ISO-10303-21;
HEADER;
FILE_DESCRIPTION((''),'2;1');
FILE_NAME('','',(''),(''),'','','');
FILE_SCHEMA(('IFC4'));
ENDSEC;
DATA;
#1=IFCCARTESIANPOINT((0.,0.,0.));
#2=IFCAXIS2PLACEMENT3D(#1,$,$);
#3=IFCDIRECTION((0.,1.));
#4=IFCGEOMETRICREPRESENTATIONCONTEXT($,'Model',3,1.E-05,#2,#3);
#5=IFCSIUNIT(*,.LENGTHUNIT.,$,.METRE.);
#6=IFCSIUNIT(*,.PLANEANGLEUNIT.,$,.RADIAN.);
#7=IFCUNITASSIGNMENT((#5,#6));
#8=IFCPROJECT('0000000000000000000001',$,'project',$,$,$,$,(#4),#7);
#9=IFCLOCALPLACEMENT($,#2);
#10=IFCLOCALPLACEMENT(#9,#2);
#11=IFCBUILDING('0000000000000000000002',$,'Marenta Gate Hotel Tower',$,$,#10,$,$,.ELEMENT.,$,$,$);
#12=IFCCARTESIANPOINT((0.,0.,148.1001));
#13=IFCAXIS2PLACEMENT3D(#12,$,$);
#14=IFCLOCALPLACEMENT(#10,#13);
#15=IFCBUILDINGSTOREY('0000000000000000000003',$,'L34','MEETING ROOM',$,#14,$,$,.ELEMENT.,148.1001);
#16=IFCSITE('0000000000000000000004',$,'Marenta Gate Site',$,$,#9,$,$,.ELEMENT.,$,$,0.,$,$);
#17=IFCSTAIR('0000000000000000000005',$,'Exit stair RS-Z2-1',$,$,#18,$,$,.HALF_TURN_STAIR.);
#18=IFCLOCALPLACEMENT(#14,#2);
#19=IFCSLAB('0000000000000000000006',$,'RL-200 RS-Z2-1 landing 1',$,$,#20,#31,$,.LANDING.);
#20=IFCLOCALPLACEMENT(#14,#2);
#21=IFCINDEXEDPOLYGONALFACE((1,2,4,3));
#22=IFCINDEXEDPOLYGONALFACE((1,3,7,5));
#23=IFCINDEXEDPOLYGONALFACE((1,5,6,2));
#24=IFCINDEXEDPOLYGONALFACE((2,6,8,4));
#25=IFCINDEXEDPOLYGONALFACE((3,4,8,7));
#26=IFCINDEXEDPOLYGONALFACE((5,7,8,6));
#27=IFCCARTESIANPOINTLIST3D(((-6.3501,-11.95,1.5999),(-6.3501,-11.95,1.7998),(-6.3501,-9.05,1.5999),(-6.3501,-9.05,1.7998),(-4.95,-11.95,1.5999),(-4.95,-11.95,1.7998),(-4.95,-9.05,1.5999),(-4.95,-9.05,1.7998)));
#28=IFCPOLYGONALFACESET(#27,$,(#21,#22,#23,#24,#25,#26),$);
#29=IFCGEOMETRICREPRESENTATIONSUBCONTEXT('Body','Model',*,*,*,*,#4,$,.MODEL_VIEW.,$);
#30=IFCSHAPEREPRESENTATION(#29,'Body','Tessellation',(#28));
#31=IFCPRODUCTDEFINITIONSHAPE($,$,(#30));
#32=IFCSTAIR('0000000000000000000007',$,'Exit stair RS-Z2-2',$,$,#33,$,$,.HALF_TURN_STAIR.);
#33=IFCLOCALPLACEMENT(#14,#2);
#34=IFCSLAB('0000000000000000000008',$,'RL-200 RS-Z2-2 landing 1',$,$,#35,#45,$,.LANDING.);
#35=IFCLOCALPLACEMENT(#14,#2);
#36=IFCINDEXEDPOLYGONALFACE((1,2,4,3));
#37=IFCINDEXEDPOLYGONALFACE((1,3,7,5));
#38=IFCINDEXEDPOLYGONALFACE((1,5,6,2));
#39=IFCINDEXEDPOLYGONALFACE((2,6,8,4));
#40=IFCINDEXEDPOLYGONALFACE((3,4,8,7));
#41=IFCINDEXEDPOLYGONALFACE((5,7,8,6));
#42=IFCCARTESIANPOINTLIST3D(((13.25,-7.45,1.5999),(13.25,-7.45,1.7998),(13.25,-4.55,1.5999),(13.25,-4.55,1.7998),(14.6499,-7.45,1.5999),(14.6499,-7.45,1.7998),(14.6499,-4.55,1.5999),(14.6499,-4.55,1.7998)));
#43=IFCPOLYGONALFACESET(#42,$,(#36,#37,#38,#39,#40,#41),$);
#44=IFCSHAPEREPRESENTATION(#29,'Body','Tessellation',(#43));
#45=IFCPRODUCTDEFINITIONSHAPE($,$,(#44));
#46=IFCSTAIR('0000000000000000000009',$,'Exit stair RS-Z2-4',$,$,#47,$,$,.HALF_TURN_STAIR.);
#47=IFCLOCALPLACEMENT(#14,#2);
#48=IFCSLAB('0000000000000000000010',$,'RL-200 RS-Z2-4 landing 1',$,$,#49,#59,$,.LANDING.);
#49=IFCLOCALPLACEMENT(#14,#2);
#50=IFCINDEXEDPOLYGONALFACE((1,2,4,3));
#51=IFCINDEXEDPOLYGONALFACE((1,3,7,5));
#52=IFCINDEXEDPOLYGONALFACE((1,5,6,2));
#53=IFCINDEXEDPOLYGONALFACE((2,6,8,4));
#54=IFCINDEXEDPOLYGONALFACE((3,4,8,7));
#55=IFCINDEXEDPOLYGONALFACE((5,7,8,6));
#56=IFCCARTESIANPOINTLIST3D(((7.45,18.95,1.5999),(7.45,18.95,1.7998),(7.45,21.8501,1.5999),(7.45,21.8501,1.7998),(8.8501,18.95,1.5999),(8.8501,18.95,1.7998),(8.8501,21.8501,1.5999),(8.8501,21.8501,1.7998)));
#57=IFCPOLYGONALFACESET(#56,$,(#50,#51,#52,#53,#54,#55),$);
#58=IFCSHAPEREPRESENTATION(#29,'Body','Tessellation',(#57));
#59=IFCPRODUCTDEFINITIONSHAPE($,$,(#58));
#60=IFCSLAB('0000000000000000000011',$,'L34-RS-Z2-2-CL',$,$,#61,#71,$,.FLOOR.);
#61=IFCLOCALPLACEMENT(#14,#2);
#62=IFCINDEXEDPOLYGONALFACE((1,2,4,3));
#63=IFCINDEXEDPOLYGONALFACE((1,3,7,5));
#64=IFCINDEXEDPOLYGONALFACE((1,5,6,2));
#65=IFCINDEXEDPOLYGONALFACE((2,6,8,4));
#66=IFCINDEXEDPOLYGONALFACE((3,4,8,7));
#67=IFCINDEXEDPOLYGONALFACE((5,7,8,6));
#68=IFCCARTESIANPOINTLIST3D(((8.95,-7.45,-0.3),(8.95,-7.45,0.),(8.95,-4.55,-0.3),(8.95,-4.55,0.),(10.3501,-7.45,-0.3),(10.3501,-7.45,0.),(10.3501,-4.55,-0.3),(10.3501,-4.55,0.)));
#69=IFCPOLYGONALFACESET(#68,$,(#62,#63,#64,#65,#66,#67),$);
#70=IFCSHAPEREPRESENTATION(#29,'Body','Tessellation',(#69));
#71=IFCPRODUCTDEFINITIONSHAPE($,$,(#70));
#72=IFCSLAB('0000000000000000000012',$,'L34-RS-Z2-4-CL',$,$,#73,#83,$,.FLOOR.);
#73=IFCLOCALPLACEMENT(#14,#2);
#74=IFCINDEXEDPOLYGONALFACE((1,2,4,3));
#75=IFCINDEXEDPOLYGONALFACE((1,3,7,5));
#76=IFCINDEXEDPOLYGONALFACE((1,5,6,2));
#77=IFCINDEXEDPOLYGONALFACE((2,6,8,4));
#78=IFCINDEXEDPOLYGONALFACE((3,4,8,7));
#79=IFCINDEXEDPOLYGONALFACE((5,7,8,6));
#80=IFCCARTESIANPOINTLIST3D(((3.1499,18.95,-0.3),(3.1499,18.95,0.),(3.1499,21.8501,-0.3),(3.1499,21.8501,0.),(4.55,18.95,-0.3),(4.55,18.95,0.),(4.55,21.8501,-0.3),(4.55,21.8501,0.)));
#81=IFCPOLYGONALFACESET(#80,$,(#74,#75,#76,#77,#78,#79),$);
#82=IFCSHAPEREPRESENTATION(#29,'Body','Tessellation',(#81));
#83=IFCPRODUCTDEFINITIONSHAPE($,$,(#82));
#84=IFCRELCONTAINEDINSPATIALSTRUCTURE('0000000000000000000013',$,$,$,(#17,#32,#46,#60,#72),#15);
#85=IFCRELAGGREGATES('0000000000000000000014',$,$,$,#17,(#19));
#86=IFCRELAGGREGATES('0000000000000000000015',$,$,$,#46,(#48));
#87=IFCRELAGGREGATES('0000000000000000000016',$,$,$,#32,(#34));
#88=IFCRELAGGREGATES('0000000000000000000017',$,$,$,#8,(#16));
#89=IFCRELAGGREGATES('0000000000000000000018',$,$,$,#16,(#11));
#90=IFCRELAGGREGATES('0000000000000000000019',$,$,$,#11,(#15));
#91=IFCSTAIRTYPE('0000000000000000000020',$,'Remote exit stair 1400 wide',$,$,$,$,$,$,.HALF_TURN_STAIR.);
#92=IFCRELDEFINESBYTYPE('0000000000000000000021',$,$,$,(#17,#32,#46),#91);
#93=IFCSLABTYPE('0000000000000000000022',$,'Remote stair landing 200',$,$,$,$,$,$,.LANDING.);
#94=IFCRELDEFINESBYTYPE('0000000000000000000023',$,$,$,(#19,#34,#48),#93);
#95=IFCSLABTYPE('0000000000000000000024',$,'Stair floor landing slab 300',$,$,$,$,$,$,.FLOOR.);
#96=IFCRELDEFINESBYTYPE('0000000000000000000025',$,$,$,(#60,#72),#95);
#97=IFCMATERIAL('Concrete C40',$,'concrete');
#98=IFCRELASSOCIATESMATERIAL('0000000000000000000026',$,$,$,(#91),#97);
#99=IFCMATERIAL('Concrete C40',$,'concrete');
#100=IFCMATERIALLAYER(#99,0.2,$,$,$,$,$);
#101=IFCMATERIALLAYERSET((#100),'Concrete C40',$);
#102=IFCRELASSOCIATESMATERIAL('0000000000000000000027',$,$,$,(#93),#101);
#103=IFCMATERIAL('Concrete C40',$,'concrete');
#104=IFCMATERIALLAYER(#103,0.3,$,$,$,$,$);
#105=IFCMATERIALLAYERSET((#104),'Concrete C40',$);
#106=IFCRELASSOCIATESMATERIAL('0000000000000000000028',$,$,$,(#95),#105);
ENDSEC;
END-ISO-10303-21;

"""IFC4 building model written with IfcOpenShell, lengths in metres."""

from ifc_helpers import new_model, si_unit, direction, frame, origin, place, context, subcontext, project, spatial, polyline, outline, extrude, material, layer, layer_set, type_object, element, aggregate, save


model = new_model("IFC4")

# Units and contexts
model_context = context("Model", 3, precision=1e-05, world=origin(), true_north=direction((0.0, 1.0)))
body_context = subcontext(model_context, "Body", "Model", "MODEL_VIEW")
ifc_project = project(units=[si_unit("LENGTHUNIT", "METRE"), si_unit("PLANEANGLEUNIT", "RADIAN")], contexts=[model_context])

# Site, building, storey
site_placement = place(None, origin())
site = spatial("IfcSite", under=ifc_project, at=site_placement, Name="Marenta Gate Site", CompositionType="ELEMENT", RefElevation=0.0)
building_placement = place(site_placement, origin())
building = spatial("IfcBuilding", under=site, at=building_placement, Name="Marenta Gate Hotel Tower", CompositionType="ELEMENT")
storey_placement = place(building_placement, frame((0.0, 0.0, 148.1001)))
storey = spatial("IfcBuildingStorey", under=building, at=storey_placement, Name="L34", Description="MEETING ROOM", CompositionType="ELEMENT", Elevation=148.1001)

# Stairs, slabs
ifc_material_1 = material(Name="Concrete C40", Category="concrete")
stair_type = type_object("IfcStairType", Name="Remote exit stair 1400 wide", PredefinedType="HALF_TURN_STAIR", material=ifc_material_1)
stair_1_placement = place(storey_placement, origin())
stair_1 = element("IfcStair", 1, at=stair_1_placement, inside=storey, type_object=stair_type, Name="Exit stair RS-Z2-1", PredefinedType="HALF_TURN_STAIR")
ifc_material_2 = material(Name="Concrete C40", Category="concrete")
ifc_layer_1 = layer(ifc_material_2, 0.2)
ifc_layer_set_1 = layer_set([ifc_layer_1], Name="Concrete C40")
slab_type_1 = type_object("IfcSlabType", Name="Remote stair landing 200", PredefinedType="LANDING", material=ifc_layer_set_1)
slab_1_placement = place(storey_placement, frame((0.0, 0.0, 1.5999)))
slab_1 = element("IfcSlab", 2, at=slab_1_placement, type_object=slab_type_1, Name="RL-200 RS-Z2-1 landing 1", PredefinedType="LANDING", context=body_context, shape_type="SweptSolid", body=[
    extrude(outline(polyline([(-6.3501, -11.95), (-4.95, -11.95), (-4.95, -9.05), (-6.3501, -9.05), (-6.3501, -11.95)])), origin(), (0.0, 0.0, 1.0), 0.2),
])
aggregate(stair_1, [slab_1])
stair_2_placement = place(storey_placement, origin())
stair_2 = element("IfcStair", 3, at=stair_2_placement, inside=storey, type_object=stair_type, Name="Exit stair RS-Z2-2", PredefinedType="HALF_TURN_STAIR")
slab_2_placement = place(storey_placement, frame((0.0, 0.0, 1.5999)))
slab_2 = element("IfcSlab", 4, at=slab_2_placement, type_object=slab_type_1, Name="RL-200 RS-Z2-2 landing 1", PredefinedType="LANDING", context=body_context, shape_type="SweptSolid", body=[
    extrude(outline(polyline([(13.25, -7.45), (14.6499, -7.45), (14.6499, -4.55), (13.25, -4.55), (13.25, -7.45)])), origin(), (0.0, 0.0, 1.0), 0.2),
])
stair_3_placement = place(storey_placement, origin())
stair_3 = element("IfcStair", 5, at=stair_3_placement, inside=storey, type_object=stair_type, Name="Exit stair RS-Z2-4", PredefinedType="HALF_TURN_STAIR")
slab_3_placement = place(storey_placement, frame((0.0, 0.0, 1.5999)))
slab_3 = element("IfcSlab", 6, at=slab_3_placement, type_object=slab_type_1, Name="RL-200 RS-Z2-4 landing 1", PredefinedType="LANDING", context=body_context, shape_type="SweptSolid", body=[
    extrude(outline(polyline([(7.45, 18.95), (8.8501, 18.95), (8.8501, 21.8501), (7.45, 21.8501), (7.45, 18.95)])), origin(), (0.0, 0.0, 1.0), 0.2),
])
aggregate(stair_3, [slab_3])

# Slabs
ifc_material_3 = material(Name="Concrete C40", Category="concrete")
ifc_layer_2 = layer(ifc_material_3, 0.3)
ifc_layer_set_2 = layer_set([ifc_layer_2], Name="Concrete C40")
slab_type_2 = type_object("IfcSlabType", Name="Stair floor landing slab 300", PredefinedType="FLOOR", material=ifc_layer_set_2)
slab_4_placement = place(storey_placement, frame((0.0, 0.0, -0.3)))
element("IfcSlab", 7, at=slab_4_placement, inside=storey, type_object=slab_type_2, Name="L34-RS-Z2-2-CL", PredefinedType="FLOOR", context=body_context, shape_type="SweptSolid", body=[
    extrude(outline(polyline([(10.3501, -7.45), (10.3501, -4.55), (8.95, -4.55), (8.95, -7.45), (10.3501, -7.45)])), origin(), (0.0, 0.0, 1.0), 0.3),
])
slab_5_placement = place(storey_placement, frame((0.0, 0.0, -0.3)))
element("IfcSlab", 8, at=slab_5_placement, inside=storey, type_object=slab_type_2, Name="L34-RS-Z2-4-CL", PredefinedType="FLOOR", context=body_context, shape_type="SweptSolid", body=[
    extrude(outline(polyline([(4.55, 18.95), (4.55, 21.8501), (3.1499, 21.8501), (3.1499, 18.95), (4.55, 18.95)])), origin(), (0.0, 0.0, 1.0), 0.3),
])

aggregate(stair_2, [slab_2])

save(model, "model.ifc")
